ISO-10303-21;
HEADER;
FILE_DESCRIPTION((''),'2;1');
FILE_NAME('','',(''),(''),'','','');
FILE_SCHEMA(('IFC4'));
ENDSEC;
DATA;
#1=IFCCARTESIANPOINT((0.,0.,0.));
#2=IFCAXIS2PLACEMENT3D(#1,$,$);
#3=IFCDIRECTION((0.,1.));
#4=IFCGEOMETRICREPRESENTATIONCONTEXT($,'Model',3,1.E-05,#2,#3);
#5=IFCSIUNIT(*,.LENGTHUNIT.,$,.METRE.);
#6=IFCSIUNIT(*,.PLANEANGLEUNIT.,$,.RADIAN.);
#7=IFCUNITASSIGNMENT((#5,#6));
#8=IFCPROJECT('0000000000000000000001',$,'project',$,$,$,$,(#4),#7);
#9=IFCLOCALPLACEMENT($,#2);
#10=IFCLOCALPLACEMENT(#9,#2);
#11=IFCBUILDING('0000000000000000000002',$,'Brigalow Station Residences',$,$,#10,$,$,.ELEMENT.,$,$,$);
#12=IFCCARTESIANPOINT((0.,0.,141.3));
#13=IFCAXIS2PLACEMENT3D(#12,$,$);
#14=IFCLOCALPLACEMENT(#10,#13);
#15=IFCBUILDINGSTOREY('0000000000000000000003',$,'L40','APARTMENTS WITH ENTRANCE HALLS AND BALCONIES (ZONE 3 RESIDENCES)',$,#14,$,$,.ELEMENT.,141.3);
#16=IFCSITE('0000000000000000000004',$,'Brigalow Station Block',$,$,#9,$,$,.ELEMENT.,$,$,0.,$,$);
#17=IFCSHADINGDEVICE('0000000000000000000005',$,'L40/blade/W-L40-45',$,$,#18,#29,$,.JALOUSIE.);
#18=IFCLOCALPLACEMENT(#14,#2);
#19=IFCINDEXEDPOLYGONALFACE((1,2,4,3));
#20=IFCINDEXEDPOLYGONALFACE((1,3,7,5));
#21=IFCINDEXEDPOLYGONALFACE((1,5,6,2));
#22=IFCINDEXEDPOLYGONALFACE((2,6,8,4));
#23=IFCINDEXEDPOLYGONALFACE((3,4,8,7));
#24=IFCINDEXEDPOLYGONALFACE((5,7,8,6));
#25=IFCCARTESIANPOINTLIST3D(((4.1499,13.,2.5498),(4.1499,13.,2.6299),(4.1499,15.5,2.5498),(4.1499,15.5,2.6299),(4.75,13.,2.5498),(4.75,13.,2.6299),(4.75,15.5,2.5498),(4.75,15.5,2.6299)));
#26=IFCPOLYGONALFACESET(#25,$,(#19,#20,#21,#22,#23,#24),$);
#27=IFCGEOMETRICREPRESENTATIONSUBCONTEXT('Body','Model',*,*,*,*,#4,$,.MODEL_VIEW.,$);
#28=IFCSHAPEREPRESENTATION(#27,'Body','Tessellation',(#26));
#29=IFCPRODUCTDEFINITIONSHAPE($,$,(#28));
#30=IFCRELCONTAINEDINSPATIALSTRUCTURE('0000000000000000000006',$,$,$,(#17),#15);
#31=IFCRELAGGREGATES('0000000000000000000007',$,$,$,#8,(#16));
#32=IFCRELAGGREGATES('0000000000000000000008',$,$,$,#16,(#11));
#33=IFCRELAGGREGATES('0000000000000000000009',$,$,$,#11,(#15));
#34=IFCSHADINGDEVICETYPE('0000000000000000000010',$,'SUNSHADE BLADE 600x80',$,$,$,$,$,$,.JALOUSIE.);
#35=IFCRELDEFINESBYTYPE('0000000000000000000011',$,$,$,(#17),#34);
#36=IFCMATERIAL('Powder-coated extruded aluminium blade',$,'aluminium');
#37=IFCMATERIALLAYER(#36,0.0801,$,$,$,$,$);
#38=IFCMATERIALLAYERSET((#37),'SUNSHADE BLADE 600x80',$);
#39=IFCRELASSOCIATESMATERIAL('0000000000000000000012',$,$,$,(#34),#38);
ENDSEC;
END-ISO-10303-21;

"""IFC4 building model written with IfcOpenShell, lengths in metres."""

from ifc_helpers import new_model, si_unit, direction, frame, origin, origin_2d, place, context, subcontext, project, spatial, rectangle, extrude, material, layer, layer_set, type_object, element, save


model = new_model("IFC4")

# Units and contexts
model_context = context("Model", 3, precision=1e-05, world=origin(), true_north=direction((0.0, 1.0)))
body_context = subcontext(model_context, "Body", "Model", "MODEL_VIEW")
ifc_project = project(units=[si_unit("LENGTHUNIT", "METRE"), si_unit("PLANEANGLEUNIT", "RADIAN")], contexts=[model_context])

# Site, building, storey
site_placement = place(None, origin())
site = spatial("IfcSite", under=ifc_project, at=site_placement, Name="Brigalow Station Block", CompositionType="ELEMENT", RefElevation=0.0)
building_placement = place(site_placement, origin())
building = spatial("IfcBuilding", under=site, at=building_placement, Name="Brigalow Station Residences", CompositionType="ELEMENT")
storey_placement = place(building_placement, frame((0.0, 0.0, 141.3)))
storey = spatial("IfcBuildingStorey", under=building, at=storey_placement, Name="L40", Description="APARTMENTS WITH ENTRANCE HALLS AND BALCONIES (ZONE 3 RESIDENCES)", CompositionType="ELEMENT", Elevation=141.3)

# Shading device
ifc_material_1 = material(Name="Powder-coated extruded aluminium blade", Category="aluminium")
ifc_layer_1 = layer(ifc_material_1, 0.0801)
ifc_layer_set_1 = layer_set([ifc_layer_1], Name="SUNSHADE BLADE 600x80")
shading_device_type = type_object("IfcShadingDeviceType", Name="SUNSHADE BLADE 600x80", PredefinedType="JALOUSIE", material=ifc_layer_set_1)
shading_device_placement = place(storey_placement, frame((4.45, 14.25, 2.5498), z_axis=(0.0, 0.0, 1.0), x_axis=(0.0, -1.0, 0.0)))
element("IfcShadingDevice", 1, at=shading_device_placement, inside=storey, type_object=shading_device_type, Name="L40/blade/W-L40-45", PredefinedType="JALOUSIE", context=body_context, shape_type="SweptSolid", body=[
    extrude(rectangle(XDim=2.5, YDim=0.6001, at=origin_2d()), origin(), (0.0, 0.0, 1.0), 0.0801),
])

save(model, "model.ifc")
